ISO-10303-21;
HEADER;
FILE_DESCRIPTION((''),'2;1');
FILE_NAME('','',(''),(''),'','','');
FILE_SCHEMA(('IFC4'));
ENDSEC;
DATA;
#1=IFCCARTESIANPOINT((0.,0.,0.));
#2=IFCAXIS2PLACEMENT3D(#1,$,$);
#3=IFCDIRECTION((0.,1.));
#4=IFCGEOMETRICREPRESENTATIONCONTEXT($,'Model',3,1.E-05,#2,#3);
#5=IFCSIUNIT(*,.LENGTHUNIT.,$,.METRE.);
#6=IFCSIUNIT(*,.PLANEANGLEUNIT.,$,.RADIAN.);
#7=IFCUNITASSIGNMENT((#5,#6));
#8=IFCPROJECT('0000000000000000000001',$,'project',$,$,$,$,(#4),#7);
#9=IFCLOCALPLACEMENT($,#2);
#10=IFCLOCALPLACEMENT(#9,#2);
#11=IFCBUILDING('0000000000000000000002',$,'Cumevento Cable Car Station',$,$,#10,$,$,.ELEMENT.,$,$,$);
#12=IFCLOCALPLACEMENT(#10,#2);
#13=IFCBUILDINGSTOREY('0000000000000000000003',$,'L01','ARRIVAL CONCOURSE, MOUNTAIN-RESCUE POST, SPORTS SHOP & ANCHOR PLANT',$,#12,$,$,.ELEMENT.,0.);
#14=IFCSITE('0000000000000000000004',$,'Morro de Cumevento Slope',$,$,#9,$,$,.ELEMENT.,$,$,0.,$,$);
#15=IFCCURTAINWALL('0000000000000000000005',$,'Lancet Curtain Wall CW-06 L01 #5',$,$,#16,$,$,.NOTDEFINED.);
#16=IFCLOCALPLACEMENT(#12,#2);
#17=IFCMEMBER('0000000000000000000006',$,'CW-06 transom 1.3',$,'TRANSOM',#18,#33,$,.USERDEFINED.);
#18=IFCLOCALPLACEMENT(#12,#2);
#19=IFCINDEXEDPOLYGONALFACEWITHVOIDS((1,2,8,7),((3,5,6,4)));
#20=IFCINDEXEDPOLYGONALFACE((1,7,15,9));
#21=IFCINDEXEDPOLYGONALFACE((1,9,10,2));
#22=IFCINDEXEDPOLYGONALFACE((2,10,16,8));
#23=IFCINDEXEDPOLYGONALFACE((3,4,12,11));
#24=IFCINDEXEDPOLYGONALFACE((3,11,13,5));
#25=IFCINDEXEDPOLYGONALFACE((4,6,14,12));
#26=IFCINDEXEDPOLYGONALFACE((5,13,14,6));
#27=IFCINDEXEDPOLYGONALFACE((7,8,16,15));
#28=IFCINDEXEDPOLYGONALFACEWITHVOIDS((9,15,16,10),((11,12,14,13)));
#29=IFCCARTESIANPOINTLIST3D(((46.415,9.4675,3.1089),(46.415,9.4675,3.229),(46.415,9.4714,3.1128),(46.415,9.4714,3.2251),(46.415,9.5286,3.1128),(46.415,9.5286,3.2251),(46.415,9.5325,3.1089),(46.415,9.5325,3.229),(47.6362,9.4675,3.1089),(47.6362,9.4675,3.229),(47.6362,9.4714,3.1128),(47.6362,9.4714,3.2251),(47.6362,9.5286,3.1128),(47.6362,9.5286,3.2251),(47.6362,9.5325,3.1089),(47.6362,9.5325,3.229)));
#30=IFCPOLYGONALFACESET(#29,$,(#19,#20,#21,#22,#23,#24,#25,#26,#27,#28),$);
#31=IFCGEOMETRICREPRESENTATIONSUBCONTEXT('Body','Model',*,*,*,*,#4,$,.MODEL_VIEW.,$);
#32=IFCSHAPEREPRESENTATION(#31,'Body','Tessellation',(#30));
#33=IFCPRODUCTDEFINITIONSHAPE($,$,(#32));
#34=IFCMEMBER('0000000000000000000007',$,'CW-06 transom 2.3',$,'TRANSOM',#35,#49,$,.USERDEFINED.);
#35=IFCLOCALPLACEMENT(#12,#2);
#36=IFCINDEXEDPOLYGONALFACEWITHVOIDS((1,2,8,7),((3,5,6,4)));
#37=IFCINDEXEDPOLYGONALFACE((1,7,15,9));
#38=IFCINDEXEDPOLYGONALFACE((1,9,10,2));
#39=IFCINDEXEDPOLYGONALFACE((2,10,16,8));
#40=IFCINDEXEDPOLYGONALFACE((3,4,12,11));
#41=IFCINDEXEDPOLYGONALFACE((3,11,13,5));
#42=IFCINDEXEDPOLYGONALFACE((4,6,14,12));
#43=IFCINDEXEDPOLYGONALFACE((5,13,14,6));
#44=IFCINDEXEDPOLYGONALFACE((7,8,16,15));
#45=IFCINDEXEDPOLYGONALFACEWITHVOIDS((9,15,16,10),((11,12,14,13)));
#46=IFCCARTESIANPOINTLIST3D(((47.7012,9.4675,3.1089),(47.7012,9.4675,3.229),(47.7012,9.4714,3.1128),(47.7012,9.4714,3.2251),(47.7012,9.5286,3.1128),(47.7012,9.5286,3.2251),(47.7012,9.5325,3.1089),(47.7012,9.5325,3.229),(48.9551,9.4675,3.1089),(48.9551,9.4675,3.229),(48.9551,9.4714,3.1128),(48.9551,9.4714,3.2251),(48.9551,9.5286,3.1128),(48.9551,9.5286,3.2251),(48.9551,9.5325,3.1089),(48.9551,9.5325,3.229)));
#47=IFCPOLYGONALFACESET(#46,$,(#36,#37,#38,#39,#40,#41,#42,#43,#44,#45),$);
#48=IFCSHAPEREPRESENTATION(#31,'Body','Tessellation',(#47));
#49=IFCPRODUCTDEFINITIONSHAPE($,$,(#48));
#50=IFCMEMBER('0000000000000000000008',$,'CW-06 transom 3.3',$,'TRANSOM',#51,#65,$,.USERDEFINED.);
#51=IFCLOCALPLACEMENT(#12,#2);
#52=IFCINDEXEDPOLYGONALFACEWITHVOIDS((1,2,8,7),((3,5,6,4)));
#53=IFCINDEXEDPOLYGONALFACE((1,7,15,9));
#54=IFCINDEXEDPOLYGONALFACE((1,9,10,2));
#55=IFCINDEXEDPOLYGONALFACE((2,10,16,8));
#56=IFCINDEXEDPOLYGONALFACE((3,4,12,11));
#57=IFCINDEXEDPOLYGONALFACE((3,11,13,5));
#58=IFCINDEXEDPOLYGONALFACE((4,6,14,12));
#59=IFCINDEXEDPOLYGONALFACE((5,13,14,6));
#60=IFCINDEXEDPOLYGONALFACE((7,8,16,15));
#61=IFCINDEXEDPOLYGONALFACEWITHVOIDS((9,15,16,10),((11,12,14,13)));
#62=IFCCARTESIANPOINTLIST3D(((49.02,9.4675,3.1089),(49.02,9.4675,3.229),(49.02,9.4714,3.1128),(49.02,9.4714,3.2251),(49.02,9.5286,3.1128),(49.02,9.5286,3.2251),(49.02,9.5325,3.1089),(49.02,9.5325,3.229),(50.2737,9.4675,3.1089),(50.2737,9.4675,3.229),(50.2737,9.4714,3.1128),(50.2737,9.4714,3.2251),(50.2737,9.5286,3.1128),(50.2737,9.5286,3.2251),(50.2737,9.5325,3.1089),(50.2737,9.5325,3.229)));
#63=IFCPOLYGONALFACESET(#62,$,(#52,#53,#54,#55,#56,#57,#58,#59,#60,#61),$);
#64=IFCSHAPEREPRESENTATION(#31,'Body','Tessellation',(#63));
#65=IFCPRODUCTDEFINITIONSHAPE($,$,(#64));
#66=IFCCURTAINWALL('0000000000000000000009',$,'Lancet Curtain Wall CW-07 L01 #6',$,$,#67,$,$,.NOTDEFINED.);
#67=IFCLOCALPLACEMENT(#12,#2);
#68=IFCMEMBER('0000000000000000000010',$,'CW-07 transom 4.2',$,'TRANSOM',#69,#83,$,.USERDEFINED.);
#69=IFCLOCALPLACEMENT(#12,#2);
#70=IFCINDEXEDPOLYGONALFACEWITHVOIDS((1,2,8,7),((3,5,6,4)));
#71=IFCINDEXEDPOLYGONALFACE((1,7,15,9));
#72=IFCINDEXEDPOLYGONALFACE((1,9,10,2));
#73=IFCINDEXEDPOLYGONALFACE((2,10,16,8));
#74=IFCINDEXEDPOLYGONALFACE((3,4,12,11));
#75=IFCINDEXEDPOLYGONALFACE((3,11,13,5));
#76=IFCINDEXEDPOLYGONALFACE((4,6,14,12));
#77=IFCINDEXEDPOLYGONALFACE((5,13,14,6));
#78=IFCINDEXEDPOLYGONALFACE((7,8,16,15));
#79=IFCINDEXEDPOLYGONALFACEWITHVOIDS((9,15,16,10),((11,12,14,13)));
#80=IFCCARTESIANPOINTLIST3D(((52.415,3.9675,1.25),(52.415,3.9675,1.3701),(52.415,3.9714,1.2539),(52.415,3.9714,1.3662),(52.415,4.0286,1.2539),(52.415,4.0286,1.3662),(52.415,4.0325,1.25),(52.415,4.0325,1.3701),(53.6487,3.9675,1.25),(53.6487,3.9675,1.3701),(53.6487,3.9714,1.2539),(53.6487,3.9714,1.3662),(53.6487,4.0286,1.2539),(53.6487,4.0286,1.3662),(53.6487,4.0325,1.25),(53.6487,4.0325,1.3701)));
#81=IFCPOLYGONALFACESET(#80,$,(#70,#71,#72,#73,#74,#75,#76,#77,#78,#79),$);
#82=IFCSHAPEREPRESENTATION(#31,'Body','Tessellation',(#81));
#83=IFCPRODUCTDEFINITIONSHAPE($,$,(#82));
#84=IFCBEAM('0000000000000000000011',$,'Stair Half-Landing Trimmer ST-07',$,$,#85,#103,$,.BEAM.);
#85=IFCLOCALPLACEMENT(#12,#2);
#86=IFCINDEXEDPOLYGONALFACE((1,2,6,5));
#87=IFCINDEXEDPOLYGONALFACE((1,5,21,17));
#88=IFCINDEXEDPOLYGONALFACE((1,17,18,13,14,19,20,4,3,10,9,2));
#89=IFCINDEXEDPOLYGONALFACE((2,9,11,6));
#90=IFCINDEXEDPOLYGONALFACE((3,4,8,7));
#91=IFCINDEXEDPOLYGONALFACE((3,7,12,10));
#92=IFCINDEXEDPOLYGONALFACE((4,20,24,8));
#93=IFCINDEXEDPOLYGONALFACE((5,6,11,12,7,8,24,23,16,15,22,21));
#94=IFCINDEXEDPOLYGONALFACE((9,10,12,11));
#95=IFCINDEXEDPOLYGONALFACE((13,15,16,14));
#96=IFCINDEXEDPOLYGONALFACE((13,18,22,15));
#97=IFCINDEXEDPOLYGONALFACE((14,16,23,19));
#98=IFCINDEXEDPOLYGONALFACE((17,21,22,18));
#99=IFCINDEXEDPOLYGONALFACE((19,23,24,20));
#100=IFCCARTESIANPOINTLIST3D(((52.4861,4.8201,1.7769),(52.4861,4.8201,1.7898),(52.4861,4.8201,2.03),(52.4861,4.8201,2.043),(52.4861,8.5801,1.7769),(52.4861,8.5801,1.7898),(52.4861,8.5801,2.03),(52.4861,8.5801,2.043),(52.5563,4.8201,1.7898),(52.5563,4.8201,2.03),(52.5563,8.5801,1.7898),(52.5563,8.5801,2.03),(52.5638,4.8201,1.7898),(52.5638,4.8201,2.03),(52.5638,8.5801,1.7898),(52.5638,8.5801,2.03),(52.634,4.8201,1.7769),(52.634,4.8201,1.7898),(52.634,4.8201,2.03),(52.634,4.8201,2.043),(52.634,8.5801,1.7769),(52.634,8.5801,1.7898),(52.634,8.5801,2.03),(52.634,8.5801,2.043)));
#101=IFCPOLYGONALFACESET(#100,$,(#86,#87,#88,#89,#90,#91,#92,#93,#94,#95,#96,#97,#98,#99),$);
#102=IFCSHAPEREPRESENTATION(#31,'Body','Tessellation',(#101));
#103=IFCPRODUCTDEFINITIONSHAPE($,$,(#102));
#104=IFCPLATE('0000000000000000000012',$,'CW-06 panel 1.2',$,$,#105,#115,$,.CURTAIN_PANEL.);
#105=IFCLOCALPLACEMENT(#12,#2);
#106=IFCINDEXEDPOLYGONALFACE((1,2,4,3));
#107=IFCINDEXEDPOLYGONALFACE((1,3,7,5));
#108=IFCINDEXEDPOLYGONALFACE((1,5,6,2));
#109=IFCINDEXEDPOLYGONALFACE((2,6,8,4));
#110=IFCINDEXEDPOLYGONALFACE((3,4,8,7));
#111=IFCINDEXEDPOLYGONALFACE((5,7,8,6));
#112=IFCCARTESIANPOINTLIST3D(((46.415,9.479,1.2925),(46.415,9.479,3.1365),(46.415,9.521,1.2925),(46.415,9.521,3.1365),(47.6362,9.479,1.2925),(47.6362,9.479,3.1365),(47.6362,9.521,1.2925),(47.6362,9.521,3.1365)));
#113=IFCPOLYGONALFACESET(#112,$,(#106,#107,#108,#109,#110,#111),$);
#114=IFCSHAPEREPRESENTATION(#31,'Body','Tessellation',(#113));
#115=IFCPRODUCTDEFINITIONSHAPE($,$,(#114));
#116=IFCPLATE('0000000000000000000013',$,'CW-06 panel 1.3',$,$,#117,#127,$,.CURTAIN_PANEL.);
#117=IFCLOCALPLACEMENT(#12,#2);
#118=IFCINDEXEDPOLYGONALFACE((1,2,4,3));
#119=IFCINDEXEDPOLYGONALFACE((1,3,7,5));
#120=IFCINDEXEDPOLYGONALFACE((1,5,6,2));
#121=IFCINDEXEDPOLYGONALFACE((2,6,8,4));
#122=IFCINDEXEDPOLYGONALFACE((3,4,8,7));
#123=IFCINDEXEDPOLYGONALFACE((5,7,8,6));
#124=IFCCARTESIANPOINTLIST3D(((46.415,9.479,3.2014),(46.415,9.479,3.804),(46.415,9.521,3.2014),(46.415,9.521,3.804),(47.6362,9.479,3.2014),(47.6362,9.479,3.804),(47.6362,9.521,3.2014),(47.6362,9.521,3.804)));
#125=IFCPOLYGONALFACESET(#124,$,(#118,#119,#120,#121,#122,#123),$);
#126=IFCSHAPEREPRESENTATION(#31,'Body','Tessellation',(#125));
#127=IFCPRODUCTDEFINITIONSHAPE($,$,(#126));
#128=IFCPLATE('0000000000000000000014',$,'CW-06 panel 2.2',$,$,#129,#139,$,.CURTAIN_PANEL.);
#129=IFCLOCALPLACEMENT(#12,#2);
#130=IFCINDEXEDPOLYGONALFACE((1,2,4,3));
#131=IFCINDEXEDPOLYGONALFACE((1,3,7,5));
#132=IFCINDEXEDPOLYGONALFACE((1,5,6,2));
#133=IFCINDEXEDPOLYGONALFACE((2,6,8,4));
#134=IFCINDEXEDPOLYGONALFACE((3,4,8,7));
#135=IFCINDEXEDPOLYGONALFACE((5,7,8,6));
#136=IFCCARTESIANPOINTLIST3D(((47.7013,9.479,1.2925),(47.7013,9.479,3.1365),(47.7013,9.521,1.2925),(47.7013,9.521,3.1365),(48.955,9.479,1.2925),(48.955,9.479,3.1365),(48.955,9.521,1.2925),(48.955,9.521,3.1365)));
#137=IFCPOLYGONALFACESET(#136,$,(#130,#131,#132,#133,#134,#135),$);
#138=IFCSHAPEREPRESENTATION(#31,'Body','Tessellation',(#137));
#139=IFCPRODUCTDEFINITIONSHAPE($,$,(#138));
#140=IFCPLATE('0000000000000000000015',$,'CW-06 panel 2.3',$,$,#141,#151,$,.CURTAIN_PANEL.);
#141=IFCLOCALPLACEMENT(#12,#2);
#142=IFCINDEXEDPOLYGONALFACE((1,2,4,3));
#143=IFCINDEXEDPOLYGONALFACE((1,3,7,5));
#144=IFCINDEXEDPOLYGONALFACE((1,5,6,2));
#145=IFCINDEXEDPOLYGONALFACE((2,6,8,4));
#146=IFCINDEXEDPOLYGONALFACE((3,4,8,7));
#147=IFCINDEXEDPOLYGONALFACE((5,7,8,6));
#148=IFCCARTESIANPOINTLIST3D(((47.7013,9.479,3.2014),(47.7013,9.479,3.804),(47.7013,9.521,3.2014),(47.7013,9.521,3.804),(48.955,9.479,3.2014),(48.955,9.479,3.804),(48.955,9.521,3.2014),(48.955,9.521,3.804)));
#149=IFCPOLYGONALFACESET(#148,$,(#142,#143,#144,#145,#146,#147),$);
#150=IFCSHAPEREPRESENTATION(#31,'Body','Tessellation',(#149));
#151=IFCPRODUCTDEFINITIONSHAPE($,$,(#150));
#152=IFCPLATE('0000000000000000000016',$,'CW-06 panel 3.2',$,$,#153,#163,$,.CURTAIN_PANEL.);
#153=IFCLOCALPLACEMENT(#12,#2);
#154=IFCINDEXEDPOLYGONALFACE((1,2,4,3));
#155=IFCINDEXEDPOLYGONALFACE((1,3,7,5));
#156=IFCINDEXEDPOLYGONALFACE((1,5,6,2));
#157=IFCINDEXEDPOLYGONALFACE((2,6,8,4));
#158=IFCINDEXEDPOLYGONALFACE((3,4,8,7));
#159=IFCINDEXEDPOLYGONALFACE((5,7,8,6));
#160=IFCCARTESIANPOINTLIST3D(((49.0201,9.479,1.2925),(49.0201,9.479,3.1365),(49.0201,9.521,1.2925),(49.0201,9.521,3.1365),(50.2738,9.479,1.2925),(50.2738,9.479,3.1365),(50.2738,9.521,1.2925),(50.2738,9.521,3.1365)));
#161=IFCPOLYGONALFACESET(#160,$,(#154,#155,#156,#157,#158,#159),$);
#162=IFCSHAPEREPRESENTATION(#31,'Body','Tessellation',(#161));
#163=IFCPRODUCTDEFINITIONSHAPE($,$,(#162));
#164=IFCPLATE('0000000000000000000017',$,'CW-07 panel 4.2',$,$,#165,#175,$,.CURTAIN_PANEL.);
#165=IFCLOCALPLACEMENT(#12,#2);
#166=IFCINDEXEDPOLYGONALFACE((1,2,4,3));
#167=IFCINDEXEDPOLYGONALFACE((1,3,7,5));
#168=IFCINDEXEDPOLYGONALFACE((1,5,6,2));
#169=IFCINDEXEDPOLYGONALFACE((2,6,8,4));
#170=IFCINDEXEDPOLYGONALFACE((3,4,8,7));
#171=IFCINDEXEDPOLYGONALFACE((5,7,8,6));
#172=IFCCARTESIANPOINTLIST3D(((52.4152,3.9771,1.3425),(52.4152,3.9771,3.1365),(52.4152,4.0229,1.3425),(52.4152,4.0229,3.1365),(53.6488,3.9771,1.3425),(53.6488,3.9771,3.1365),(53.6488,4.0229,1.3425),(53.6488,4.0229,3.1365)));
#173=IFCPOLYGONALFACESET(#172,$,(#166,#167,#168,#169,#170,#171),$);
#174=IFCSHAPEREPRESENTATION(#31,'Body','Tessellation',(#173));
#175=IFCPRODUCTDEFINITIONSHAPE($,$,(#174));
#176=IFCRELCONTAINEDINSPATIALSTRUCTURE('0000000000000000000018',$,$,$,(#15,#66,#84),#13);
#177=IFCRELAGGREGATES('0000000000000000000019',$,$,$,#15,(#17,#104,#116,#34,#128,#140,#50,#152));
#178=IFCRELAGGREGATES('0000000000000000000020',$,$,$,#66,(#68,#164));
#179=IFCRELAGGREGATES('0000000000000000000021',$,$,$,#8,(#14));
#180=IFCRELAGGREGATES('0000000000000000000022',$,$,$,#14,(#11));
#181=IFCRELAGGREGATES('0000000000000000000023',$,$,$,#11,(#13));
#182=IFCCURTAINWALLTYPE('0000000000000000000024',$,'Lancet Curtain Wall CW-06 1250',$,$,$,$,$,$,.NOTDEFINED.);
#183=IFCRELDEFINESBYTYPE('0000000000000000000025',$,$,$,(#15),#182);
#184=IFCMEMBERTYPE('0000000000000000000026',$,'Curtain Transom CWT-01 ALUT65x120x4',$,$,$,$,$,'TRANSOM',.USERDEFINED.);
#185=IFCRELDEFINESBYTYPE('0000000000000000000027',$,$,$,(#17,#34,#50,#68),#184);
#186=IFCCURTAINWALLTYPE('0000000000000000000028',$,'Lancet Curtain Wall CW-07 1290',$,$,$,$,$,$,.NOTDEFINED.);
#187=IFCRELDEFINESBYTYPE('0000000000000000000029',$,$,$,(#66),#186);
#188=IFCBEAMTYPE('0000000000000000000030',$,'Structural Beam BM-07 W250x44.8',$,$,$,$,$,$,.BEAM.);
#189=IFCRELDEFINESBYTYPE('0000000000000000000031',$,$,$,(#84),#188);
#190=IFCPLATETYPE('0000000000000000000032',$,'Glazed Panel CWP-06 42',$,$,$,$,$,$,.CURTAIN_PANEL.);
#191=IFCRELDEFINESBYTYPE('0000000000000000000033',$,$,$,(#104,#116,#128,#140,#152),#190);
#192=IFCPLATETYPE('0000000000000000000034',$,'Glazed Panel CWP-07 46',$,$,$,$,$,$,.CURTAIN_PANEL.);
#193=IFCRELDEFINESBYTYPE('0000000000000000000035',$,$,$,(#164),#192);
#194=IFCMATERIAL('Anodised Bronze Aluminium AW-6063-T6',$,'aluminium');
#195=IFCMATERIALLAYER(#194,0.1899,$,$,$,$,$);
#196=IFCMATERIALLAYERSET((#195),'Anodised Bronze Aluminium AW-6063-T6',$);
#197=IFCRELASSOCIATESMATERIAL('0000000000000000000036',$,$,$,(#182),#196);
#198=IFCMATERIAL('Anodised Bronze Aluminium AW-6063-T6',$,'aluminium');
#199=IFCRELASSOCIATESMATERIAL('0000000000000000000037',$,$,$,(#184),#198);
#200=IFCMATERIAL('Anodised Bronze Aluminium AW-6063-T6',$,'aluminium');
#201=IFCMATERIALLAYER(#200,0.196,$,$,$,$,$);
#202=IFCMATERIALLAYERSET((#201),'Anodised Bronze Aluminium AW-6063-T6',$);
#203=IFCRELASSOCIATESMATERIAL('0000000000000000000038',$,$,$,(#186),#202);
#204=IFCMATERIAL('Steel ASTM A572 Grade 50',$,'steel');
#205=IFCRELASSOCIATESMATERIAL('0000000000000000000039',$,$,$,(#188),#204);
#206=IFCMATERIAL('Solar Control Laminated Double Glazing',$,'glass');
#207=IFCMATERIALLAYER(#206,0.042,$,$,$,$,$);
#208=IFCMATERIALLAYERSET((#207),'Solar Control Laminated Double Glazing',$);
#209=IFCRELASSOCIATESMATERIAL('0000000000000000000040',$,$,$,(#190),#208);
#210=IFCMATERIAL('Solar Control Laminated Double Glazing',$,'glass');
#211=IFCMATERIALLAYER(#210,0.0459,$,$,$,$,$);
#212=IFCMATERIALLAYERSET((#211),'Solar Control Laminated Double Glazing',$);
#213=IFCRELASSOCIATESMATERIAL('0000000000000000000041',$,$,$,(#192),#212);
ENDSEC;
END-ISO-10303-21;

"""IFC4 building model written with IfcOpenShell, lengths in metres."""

from ifc_helpers import new_model, si_unit, direction, frame, origin, origin_2d, place, context, subcontext, project, spatial, rectangle, hollow_rectangle, i_section, extrude, material, layer, layer_set, material_profile, profile_set, type_object, element, aggregate, save


model = new_model("IFC4")

# Units and contexts
model_context = context("Model", 3, precision=1e-05, world=origin(), true_north=direction((0.0, 1.0)))
body_context = subcontext(model_context, "Body", "Model", "MODEL_VIEW")
ifc_project = project(units=[si_unit("LENGTHUNIT", "METRE"), si_unit("PLANEANGLEUNIT", "RADIAN")], contexts=[model_context])

# Site, building, storey
site_placement = place(None, origin())
site = spatial("IfcSite", under=ifc_project, at=site_placement, Name="Morro de Cumevento Slope", CompositionType="ELEMENT", RefElevation=0.0)
building_placement = place(site_placement, origin())
building = spatial("IfcBuilding", under=site, at=building_placement, Name="Cumevento Cable Car Station", CompositionType="ELEMENT")
storey_placement = place(building_placement, origin())
storey = spatial("IfcBuildingStorey", under=building, at=storey_placement, Name="L01", Description="ARRIVAL CONCOURSE, MOUNTAIN-RESCUE POST, SPORTS SHOP & ANCHOR PLANT", CompositionType="ELEMENT", Elevation=0.0)

# Curtain wall, members
ifc_material_1 = material(Name="Anodised Bronze Aluminium AW-6063-T6", Category="aluminium")
ifc_layer_1 = layer(ifc_material_1, 0.1899)
ifc_layer_set_1 = layer_set([ifc_layer_1], Name="Anodised Bronze Aluminium AW-6063-T6")
curtain_wall_type_1 = type_object("IfcCurtainWallType", Name="Lancet Curtain Wall CW-06 1250", PredefinedType="NOTDEFINED", material=ifc_layer_set_1)
curtain_wall_1_placement = place(storey_placement, origin())
curtain_wall_1 = element("IfcCurtainWall", 1, at=curtain_wall_1_placement, inside=storey, type_object=curtain_wall_type_1, Name="Lancet Curtain Wall CW-06 L01 #5", PredefinedType="NOTDEFINED")
ifc_material_2 = material(Name="Anodised Bronze Aluminium AW-6063-T6", Category="aluminium")
ifc_material_profile_1 = material_profile(ifc_material_2, hollow_rectangle(XDim=0.0649, YDim=0.1201, WallThickness=0.0039, at=origin_2d()), Name="ALUT65x120x4")
ifc_profile_set_1 = profile_set([ifc_material_profile_1], Name="Anodised Bronze Aluminium AW-6063-T6")
member_type = type_object("IfcMemberType", Name="Curtain Transom CWT-01 ALUT65x120x4", ElementType="TRANSOM", PredefinedType="USERDEFINED", material=ifc_profile_set_1)
member_1_placement = place(storey_placement, frame((46.415, 9.5, 3.1689), z_axis=(1.0, 0.0, 0.0), x_axis=(0.0, 1.0, 0.0)))
member_1 = element("IfcMember", 2, at=member_1_placement, type_object=member_type, Name="CW-06 transom 1.3", ObjectType="TRANSOM", PredefinedType="USERDEFINED", context=body_context, shape_type="SweptSolid", body=[
    extrude(hollow_rectangle(XDim=0.0649, YDim=0.1201, WallThickness=0.0039, at=origin_2d()), origin(), (0.0, 0.0, 1.0), 1.2212),
])
member_2_placement = place(storey_placement, frame((47.7012, 9.5, 3.1689), z_axis=(1.0, 0.0, 0.0), x_axis=(0.0, 1.0, 0.0)))
member_2 = element("IfcMember", 3, at=member_2_placement, type_object=member_type, Name="CW-06 transom 2.3", ObjectType="TRANSOM", PredefinedType="USERDEFINED", context=body_context, shape_type="SweptSolid", body=[
    extrude(hollow_rectangle(XDim=0.0649, YDim=0.1201, WallThickness=0.0039, at=origin_2d()), origin(), (0.0, 0.0, 1.0), 1.2539),
])
member_3_placement = place(storey_placement, frame((49.02, 9.5, 3.1689), z_axis=(1.0, 0.0, 0.0), x_axis=(0.0, 1.0, 0.0)))
member_3 = element("IfcMember", 4, at=member_3_placement, type_object=member_type, Name="CW-06 transom 3.3", ObjectType="TRANSOM", PredefinedType="USERDEFINED", context=body_context, shape_type="SweptSolid", body=[
    extrude(hollow_rectangle(XDim=0.0649, YDim=0.1201, WallThickness=0.0039, at=origin_2d()), origin(), (0.0, 0.0, 1.0), 1.2537),
])

# Curtain wall, member
ifc_material_3 = material(Name="Anodised Bronze Aluminium AW-6063-T6", Category="aluminium")
ifc_layer_2 = layer(ifc_material_3, 0.196)
ifc_layer_set_2 = layer_set([ifc_layer_2], Name="Anodised Bronze Aluminium AW-6063-T6")
curtain_wall_type_2 = type_object("IfcCurtainWallType", Name="Lancet Curtain Wall CW-07 1290", PredefinedType="NOTDEFINED", material=ifc_layer_set_2)
curtain_wall_2_placement = place(storey_placement, origin())
curtain_wall_2 = element("IfcCurtainWall", 5, at=curtain_wall_2_placement, inside=storey, type_object=curtain_wall_type_2, Name="Lancet Curtain Wall CW-07 L01 #6", PredefinedType="NOTDEFINED")
member_4_placement = place(storey_placement, frame((53.6487, 4.0, 1.3101), z_axis=(-1.0, 0.0, 0.0), x_axis=(0.0, -1.0, 0.0)))
member_4 = element("IfcMember", 6, at=member_4_placement, type_object=member_type, Name="CW-07 transom 4.2", ObjectType="TRANSOM", PredefinedType="USERDEFINED", context=body_context, shape_type="SweptSolid", body=[
    extrude(hollow_rectangle(XDim=0.0649, YDim=0.1201, WallThickness=0.0039, at=origin_2d()), origin(), (0.0, 0.0, 1.0), 1.2336),
])

# Beam
ifc_material_4 = material(Name="Steel ASTM A572 Grade 50", Category="steel")
ifc_material_profile_2 = material_profile(ifc_material_4, i_section(OverallWidth=0.1479, OverallDepth=0.2661, WebThickness=0.0076, FlangeThickness=0.0129, at=origin_2d()), Name="W250x44.8")
ifc_profile_set_2 = profile_set([ifc_material_profile_2], Name="Steel ASTM A572 Grade 50")
beam_type = type_object("IfcBeamType", Name="Structural Beam BM-07 W250x44.8", PredefinedType="BEAM", material=ifc_profile_set_2)
beam_placement = place(storey_placement, frame((52.5601, 4.8201, 1.9099), z_axis=(0.0, 1.0, 0.0), x_axis=(-1.0, 0.0, 0.0)))
element("IfcBeam", 7, at=beam_placement, inside=storey, type_object=beam_type, Name="Stair Half-Landing Trimmer ST-07", PredefinedType="BEAM", context=body_context, shape_type="SweptSolid", body=[
    extrude(i_section(OverallWidth=0.1479, OverallDepth=0.2661, WebThickness=0.0076, FlangeThickness=0.0129, at=origin_2d()), origin(), (0.0, 0.0, 1.0), 3.76),
])

# Plates
ifc_material_5 = material(Name="Solar Control Laminated Double Glazing", Category="glass")
ifc_layer_3 = layer(ifc_material_5, 0.042)
ifc_layer_set_3 = layer_set([ifc_layer_3], Name="Solar Control Laminated Double Glazing")
plate_type_1 = type_object("IfcPlateType", Name="Glazed Panel CWP-06 42", PredefinedType="CURTAIN_PANEL", material=ifc_layer_set_3)
plate_1_placement = place(storey_placement, frame((47.0256, 9.5, 1.2925), z_axis=(0.0, 0.0, 1.0), x_axis=(1.0, 0.0, 0.0)))
plate_1 = element("IfcPlate", 8, at=plate_1_placement, type_object=plate_type_1, Name="CW-06 panel 1.2", PredefinedType="CURTAIN_PANEL", context=body_context, shape_type="SweptSolid", body=[
    extrude(rectangle(XDim=1.2212, YDim=0.042, at=origin_2d()), origin(), (0.0, 0.0, 1.0), 1.844),
])
plate_2_placement = place(storey_placement, frame((47.0256, 9.5, 3.2014), z_axis=(0.0, 0.0, 1.0), x_axis=(1.0, 0.0, 0.0)))
plate_2 = element("IfcPlate", 9, at=plate_2_placement, type_object=plate_type_1, Name="CW-06 panel 1.3", PredefinedType="CURTAIN_PANEL", context=body_context, shape_type="SweptSolid", body=[
    extrude(rectangle(XDim=1.2212, YDim=0.042, at=origin_2d()), origin(), (0.0, 0.0, 1.0), 0.6025),
])
plate_3_placement = place(storey_placement, frame((48.3281, 9.5, 1.2925), z_axis=(0.0, 0.0, 1.0), x_axis=(1.0, 0.0, 0.0)))
plate_3 = element("IfcPlate", 10, at=plate_3_placement, type_object=plate_type_1, Name="CW-06 panel 2.2", PredefinedType="CURTAIN_PANEL", context=body_context, shape_type="SweptSolid", body=[
    extrude(rectangle(XDim=1.2537, YDim=0.042, at=origin_2d()), origin(), (0.0, 0.0, 1.0), 1.844),
])
plate_4_placement = place(storey_placement, frame((48.3281, 9.5, 3.2014), z_axis=(0.0, 0.0, 1.0), x_axis=(1.0, 0.0, 0.0)))
plate_4 = element("IfcPlate", 11, at=plate_4_placement, type_object=plate_type_1, Name="CW-06 panel 2.3", PredefinedType="CURTAIN_PANEL", context=body_context, shape_type="SweptSolid", body=[
    extrude(rectangle(XDim=1.2537, YDim=0.042, at=origin_2d()), origin(), (0.0, 0.0, 1.0), 0.6025),
])
plate_5_placement = place(storey_placement, frame((49.647, 9.5, 1.2925), z_axis=(0.0, 0.0, 1.0), x_axis=(1.0, 0.0, 0.0)))
plate_5 = element("IfcPlate", 12, at=plate_5_placement, type_object=plate_type_1, Name="CW-06 panel 3.2", PredefinedType="CURTAIN_PANEL", context=body_context, shape_type="SweptSolid", body=[
    extrude(rectangle(XDim=1.2537, YDim=0.042, at=origin_2d()), origin(), (0.0, 0.0, 1.0), 1.844),
])
aggregate(curtain_wall_1, [member_1, plate_1, plate_2, member_2, plate_3, plate_4, member_3, plate_5])
ifc_material_6 = material(Name="Solar Control Laminated Double Glazing", Category="glass")
ifc_layer_4 = layer(ifc_material_6, 0.0459)
ifc_layer_set_4 = layer_set([ifc_layer_4], Name="Solar Control Laminated Double Glazing")
plate_type_2 = type_object("IfcPlateType", Name="Glazed Panel CWP-07 46", PredefinedType="CURTAIN_PANEL", material=ifc_layer_set_4)
plate_6_placement = place(storey_placement, frame((53.032, 4.0, 1.3425), z_axis=(0.0, 0.0, 1.0), x_axis=(-1.0, 0.0, 0.0)))
plate_6 = element("IfcPlate", 13, at=plate_6_placement, type_object=plate_type_2, Name="CW-07 panel 4.2", PredefinedType="CURTAIN_PANEL", context=body_context, shape_type="SweptSolid", body=[
    extrude(rectangle(XDim=1.2336, YDim=0.0459, at=origin_2d()), origin(), (0.0, 0.0, 1.0), 1.7939),
])
aggregate(curtain_wall_2, [member_4, plate_6])

save(model, "model.ifc")
